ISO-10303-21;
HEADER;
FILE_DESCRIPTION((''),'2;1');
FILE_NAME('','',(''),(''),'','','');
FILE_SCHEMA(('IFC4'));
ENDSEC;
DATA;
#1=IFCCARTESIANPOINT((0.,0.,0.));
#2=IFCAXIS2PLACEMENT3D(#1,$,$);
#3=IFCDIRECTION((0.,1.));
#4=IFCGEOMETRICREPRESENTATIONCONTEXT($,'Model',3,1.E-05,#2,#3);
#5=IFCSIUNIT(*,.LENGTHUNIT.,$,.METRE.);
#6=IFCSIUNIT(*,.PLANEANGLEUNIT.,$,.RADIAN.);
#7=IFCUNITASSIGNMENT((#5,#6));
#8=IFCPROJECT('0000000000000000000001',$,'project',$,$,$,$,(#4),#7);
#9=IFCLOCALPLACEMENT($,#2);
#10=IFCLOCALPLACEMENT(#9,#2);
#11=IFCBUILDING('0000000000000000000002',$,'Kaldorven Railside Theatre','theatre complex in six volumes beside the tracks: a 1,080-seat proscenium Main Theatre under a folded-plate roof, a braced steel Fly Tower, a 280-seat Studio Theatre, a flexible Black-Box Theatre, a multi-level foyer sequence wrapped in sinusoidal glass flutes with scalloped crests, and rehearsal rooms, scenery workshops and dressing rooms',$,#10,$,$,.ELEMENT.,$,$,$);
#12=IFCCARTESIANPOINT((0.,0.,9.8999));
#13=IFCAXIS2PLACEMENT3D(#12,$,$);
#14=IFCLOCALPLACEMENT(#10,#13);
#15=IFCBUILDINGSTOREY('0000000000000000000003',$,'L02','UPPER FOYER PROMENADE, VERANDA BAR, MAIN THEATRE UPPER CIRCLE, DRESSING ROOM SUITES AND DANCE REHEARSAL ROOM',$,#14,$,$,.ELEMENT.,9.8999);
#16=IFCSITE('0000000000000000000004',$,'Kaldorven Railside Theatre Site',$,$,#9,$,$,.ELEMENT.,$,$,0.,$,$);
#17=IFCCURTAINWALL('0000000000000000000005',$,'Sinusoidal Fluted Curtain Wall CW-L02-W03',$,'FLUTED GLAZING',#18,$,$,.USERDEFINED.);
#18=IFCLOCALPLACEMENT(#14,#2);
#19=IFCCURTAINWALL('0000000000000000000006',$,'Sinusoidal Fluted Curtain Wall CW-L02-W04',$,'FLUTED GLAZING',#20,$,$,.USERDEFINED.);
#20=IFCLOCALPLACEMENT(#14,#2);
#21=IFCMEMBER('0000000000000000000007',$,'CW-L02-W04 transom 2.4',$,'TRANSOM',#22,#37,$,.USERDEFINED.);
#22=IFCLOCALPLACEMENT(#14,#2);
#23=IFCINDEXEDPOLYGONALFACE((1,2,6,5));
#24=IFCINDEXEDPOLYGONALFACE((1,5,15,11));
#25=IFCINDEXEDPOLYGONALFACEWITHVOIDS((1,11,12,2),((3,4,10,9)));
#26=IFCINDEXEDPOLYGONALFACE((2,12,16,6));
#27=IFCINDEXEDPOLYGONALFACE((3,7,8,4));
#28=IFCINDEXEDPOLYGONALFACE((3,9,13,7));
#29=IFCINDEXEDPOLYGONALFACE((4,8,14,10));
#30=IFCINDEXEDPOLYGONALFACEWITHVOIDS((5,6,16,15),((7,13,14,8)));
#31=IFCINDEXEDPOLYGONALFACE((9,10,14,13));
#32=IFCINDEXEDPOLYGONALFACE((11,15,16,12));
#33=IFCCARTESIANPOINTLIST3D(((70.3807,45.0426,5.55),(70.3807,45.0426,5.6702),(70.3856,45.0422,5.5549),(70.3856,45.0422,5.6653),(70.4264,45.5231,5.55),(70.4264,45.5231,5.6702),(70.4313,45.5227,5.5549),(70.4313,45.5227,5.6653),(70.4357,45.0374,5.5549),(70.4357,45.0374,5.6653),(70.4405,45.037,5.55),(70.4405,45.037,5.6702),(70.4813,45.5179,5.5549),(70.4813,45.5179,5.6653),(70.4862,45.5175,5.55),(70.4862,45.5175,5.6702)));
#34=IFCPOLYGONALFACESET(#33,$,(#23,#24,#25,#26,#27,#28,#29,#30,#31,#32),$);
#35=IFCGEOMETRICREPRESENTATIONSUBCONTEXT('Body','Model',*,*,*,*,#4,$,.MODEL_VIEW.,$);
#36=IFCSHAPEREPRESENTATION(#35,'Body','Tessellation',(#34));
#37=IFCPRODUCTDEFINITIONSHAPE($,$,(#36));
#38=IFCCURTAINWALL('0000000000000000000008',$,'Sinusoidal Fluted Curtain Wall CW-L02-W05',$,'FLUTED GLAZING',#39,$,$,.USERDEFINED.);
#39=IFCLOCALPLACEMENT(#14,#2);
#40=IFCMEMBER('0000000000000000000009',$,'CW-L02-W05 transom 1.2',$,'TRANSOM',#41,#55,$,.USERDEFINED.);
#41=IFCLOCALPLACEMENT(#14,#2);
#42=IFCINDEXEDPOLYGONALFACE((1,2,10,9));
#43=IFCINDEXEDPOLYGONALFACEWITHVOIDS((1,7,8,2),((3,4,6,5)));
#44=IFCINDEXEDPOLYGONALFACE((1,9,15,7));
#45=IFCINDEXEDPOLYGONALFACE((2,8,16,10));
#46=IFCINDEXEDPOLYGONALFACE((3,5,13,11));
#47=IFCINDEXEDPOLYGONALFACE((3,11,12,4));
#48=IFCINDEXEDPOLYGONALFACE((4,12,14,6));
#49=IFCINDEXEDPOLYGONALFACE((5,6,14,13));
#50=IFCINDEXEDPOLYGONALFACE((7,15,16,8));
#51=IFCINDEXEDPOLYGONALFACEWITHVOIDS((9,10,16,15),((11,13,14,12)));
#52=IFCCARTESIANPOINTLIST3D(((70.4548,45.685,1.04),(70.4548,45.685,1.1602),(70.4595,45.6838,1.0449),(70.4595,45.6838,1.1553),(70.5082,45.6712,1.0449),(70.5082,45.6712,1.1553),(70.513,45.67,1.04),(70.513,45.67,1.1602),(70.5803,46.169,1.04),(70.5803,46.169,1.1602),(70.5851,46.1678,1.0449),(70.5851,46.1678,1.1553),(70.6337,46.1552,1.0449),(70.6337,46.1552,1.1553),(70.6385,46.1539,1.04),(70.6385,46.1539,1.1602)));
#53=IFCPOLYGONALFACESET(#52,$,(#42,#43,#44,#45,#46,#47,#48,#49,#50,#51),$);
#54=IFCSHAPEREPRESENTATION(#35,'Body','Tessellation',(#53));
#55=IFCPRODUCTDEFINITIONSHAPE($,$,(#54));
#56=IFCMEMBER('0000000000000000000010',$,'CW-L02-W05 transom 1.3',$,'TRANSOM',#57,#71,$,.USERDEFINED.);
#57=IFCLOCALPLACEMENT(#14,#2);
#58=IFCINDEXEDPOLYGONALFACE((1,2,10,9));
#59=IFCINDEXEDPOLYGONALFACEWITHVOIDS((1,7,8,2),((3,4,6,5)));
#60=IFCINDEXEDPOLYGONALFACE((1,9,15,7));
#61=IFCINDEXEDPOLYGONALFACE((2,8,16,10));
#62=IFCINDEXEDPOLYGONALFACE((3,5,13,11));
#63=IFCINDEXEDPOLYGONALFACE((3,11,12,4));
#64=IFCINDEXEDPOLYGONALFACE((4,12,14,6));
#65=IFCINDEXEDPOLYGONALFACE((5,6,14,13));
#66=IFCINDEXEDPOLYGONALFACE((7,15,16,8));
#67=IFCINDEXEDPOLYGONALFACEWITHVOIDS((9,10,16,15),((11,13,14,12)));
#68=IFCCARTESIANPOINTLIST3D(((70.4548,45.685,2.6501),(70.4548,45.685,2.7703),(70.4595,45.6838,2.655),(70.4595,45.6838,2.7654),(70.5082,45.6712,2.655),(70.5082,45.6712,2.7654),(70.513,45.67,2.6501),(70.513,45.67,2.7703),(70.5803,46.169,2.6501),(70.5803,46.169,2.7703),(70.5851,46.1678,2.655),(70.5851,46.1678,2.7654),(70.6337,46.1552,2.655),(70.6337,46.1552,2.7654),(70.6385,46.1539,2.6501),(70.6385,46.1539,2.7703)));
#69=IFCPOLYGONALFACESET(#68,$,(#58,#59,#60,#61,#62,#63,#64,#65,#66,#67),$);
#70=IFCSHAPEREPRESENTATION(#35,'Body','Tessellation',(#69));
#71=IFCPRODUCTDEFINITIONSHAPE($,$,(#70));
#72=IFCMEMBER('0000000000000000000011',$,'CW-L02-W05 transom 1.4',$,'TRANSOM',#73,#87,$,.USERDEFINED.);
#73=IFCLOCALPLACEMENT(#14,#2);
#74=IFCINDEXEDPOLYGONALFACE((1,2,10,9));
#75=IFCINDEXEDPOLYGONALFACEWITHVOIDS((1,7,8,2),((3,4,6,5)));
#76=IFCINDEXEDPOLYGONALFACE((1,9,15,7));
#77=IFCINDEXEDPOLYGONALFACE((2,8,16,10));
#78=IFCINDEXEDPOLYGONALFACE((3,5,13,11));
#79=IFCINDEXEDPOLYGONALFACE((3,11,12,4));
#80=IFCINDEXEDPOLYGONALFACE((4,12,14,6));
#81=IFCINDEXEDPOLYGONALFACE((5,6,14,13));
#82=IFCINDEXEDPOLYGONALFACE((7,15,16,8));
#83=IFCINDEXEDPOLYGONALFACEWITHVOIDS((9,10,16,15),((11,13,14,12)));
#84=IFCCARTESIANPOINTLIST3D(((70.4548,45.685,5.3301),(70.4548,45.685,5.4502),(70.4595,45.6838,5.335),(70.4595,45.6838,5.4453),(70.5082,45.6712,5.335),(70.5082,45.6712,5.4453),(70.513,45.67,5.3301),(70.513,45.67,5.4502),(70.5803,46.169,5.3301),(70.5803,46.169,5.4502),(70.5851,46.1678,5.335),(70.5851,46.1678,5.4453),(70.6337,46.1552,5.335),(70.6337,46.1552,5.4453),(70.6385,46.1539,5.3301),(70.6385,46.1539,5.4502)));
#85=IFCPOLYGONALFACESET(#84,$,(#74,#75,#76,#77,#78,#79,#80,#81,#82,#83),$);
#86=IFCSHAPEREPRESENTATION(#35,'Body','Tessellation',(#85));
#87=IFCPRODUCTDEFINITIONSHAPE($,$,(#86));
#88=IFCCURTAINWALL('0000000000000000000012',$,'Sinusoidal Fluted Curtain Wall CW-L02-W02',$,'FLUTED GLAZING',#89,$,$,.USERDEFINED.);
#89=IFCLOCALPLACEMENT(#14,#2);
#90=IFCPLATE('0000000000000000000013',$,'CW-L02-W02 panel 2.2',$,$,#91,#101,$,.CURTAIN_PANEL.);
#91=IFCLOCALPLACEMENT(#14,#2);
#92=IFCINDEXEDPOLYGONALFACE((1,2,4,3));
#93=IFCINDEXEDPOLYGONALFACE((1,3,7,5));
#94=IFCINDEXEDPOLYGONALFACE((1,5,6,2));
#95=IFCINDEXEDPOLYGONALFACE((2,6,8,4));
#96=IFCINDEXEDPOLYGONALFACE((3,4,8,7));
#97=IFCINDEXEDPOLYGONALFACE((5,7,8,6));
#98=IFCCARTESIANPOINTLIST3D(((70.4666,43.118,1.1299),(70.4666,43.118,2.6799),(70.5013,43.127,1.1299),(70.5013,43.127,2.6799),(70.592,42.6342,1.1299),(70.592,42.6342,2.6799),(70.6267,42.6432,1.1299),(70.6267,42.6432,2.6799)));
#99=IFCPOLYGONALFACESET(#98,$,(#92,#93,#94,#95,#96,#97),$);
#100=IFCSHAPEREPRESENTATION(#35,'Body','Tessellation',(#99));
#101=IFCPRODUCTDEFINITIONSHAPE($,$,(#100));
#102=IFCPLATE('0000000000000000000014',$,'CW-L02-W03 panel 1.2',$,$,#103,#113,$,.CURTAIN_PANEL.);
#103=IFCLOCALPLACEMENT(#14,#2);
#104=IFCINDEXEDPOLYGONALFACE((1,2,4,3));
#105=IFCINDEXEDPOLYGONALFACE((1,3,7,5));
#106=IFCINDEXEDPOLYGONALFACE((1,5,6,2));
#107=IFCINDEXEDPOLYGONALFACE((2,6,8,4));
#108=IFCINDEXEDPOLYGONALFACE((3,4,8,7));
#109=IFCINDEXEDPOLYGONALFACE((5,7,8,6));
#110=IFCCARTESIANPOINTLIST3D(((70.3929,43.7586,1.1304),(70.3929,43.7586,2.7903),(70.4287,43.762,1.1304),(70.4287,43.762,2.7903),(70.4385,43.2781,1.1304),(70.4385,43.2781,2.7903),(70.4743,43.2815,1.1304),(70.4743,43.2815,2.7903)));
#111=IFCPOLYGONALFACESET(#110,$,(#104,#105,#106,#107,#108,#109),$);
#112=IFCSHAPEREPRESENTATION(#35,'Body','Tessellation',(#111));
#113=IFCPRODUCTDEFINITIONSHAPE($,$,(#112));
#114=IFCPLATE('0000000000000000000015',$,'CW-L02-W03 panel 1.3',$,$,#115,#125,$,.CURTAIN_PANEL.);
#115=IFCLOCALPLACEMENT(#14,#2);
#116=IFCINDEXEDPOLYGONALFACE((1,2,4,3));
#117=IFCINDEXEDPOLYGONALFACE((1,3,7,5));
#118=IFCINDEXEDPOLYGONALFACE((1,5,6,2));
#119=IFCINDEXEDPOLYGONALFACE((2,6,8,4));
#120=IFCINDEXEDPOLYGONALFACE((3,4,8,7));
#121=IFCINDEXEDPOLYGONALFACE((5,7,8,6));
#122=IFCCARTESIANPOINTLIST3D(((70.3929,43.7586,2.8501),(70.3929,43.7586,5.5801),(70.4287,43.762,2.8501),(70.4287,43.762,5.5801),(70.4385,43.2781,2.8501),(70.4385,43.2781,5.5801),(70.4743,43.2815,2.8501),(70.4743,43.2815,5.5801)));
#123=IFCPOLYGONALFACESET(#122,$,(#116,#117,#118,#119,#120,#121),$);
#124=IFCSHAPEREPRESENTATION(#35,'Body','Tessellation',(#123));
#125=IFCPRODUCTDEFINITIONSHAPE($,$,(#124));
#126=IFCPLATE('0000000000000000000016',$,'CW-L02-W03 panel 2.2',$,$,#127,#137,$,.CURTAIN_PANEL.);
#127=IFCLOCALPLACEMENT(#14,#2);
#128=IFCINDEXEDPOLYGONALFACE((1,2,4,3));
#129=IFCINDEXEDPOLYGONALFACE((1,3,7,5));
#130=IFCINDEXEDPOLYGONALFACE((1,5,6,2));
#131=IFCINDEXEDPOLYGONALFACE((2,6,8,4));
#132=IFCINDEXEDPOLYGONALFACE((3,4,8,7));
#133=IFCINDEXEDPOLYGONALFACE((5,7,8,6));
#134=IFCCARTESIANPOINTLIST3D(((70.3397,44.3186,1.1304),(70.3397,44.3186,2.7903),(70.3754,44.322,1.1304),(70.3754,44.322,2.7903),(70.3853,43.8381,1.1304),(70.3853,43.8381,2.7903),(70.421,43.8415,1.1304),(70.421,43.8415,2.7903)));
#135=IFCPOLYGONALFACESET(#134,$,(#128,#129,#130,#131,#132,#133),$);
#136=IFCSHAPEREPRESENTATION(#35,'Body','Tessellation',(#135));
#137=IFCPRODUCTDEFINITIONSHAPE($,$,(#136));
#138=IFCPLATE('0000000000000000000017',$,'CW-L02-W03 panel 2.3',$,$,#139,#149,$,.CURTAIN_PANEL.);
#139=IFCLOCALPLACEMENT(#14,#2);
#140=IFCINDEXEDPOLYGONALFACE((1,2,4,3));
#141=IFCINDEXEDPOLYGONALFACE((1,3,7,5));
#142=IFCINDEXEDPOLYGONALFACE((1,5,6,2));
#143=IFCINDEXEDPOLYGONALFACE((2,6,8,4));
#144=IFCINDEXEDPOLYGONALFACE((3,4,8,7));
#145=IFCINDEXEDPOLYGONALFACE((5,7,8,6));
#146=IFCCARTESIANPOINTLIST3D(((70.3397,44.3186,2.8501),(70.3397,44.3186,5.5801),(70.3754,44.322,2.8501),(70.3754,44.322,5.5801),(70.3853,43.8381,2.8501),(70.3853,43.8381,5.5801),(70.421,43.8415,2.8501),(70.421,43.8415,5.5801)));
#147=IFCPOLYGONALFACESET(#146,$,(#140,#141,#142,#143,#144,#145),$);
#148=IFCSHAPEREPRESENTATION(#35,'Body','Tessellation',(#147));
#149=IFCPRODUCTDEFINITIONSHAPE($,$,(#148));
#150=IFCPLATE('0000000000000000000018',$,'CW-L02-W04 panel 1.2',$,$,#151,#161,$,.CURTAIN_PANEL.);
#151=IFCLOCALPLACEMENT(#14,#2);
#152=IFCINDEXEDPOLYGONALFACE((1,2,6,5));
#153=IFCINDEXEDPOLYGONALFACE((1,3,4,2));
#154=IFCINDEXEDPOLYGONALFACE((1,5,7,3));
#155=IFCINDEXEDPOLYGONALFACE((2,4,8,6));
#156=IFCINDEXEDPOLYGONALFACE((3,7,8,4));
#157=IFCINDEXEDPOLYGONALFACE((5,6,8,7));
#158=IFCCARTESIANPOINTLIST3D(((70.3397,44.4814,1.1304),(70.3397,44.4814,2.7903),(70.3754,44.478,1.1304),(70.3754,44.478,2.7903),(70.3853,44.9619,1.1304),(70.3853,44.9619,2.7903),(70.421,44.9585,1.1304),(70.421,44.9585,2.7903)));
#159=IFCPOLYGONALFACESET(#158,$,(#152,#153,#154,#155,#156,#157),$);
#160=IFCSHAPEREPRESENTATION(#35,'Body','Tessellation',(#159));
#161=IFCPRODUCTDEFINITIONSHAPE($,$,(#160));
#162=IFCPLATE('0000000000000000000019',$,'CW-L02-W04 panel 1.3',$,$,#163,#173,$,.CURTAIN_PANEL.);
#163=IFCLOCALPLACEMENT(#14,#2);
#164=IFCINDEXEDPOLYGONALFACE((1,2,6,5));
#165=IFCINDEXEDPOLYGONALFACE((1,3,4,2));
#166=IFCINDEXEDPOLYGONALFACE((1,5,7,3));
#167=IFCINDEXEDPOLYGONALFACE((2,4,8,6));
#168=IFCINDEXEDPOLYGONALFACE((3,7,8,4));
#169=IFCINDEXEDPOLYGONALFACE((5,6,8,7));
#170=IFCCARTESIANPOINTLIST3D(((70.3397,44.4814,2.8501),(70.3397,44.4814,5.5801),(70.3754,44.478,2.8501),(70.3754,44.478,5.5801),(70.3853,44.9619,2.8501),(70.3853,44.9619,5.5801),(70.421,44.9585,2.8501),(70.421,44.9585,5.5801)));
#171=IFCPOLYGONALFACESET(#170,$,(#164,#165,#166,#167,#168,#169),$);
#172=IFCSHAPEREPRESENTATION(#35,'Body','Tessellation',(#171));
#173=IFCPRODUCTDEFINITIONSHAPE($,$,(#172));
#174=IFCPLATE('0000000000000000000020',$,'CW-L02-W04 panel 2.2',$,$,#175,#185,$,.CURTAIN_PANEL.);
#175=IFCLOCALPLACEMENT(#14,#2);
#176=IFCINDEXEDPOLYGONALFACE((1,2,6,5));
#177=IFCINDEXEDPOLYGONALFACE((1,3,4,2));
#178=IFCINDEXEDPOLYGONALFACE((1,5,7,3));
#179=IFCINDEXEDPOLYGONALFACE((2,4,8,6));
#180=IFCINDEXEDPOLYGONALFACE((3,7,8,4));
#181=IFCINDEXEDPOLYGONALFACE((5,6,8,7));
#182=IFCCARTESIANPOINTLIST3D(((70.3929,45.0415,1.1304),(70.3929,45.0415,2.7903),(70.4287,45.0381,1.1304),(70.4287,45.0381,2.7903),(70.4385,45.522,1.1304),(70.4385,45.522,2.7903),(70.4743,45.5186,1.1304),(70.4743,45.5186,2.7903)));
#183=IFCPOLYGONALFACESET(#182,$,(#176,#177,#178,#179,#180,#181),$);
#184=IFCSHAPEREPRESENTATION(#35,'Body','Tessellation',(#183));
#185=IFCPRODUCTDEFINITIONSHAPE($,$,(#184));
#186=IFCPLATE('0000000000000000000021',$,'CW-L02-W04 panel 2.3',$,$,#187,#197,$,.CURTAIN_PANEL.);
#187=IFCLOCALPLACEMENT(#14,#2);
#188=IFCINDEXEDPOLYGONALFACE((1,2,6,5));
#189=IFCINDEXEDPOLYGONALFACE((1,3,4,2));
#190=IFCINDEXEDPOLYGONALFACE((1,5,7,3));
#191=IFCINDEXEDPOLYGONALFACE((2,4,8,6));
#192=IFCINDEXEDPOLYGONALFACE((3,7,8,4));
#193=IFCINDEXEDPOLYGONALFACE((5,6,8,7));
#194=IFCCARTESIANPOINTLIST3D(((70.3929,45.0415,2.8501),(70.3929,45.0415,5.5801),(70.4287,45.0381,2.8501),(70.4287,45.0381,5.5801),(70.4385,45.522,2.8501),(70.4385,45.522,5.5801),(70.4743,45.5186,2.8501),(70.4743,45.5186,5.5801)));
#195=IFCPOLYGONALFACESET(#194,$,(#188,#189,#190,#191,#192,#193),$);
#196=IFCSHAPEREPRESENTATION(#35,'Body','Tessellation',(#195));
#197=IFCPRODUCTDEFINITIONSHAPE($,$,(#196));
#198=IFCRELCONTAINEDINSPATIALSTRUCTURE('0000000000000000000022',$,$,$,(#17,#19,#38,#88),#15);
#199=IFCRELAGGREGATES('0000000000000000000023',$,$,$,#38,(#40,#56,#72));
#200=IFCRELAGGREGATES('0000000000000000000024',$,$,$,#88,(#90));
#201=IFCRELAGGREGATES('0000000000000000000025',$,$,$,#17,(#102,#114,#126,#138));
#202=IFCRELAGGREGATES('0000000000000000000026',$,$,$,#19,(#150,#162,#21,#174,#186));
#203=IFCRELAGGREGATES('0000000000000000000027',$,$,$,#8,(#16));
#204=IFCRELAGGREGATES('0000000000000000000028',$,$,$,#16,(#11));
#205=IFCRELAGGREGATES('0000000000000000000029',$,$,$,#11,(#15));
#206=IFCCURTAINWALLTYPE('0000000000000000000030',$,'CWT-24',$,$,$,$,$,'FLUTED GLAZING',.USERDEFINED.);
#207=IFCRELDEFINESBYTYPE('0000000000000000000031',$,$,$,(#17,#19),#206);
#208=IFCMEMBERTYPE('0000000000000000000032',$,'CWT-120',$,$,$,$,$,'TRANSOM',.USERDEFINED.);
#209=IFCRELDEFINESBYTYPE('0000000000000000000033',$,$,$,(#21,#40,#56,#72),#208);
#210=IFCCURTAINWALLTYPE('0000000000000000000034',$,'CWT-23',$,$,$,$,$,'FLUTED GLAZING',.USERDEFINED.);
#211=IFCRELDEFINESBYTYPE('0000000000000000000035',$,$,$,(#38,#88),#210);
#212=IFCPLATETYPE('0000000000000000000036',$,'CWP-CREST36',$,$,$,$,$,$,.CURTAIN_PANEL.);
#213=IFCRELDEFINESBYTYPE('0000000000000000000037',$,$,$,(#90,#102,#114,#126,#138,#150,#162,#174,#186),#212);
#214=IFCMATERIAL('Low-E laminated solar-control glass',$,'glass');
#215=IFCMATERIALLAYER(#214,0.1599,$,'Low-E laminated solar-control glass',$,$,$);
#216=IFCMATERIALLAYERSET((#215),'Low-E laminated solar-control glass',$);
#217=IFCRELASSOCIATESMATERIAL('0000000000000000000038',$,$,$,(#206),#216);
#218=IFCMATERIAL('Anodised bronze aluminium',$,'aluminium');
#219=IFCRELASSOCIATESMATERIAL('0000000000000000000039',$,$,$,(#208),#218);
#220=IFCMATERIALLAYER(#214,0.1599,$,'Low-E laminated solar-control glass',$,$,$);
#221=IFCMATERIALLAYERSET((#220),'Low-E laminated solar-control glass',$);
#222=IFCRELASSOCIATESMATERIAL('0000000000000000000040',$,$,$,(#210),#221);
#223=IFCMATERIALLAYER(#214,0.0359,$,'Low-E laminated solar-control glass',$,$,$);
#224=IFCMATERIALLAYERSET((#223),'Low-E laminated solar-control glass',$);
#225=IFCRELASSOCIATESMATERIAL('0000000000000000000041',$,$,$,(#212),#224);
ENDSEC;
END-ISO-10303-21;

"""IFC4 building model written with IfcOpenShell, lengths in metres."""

from ifc_helpers import new_model, si_unit, direction, frame, origin, origin_2d, place, context, subcontext, project, spatial, rectangle, hollow_rectangle, extrude, material, layer, layer_set, material_profile, profile_set, type_object, element, aggregate, save


model = new_model("IFC4")

# Units and contexts
model_context = context("Model", 3, precision=1e-05, world=origin(), true_north=direction((0.0, 1.0)))
body_context = subcontext(model_context, "Body", "Model", "MODEL_VIEW")
ifc_project = project(units=[si_unit("LENGTHUNIT", "METRE"), si_unit("PLANEANGLEUNIT", "RADIAN")], contexts=[model_context])

# Site, building, storey
site_placement = place(None, origin())
site = spatial("IfcSite", under=ifc_project, at=site_placement, Name="Kaldorven Railside Theatre Site", CompositionType="ELEMENT", RefElevation=0.0)
building_placement = place(site_placement, origin())
building = spatial("IfcBuilding", under=site, at=building_placement, Name="Kaldorven Railside Theatre", Description="theatre complex in six volumes beside the tracks: a 1,080-seat proscenium Main Theatre under a folded-plate roof, a braced steel Fly Tower, a 280-seat Studio Theatre, a flexible Black-Box Theatre, a multi-level foyer sequence wrapped in sinusoidal glass flutes with scalloped crests, and rehearsal rooms, scenery workshops and dressing rooms", CompositionType="ELEMENT")
storey_placement = place(building_placement, frame((0.0, 0.0, 9.8999)))
storey = spatial("IfcBuildingStorey", under=building, at=storey_placement, Name="L02", Description="UPPER FOYER PROMENADE, VERANDA BAR, MAIN THEATRE UPPER CIRCLE, DRESSING ROOM SUITES AND DANCE REHEARSAL ROOM", CompositionType="ELEMENT", Elevation=9.8999)

# Curtain walls, members
ifc_material_1 = material(Name="Low-E laminated solar-control glass", Category="glass")
ifc_layer_1 = layer(ifc_material_1, 0.1599, Name="Low-E laminated solar-control glass")
ifc_layer_set_1 = layer_set([ifc_layer_1], Name="Low-E laminated solar-control glass")
curtain_wall_type_1 = type_object("IfcCurtainWallType", Name="CWT-24", ElementType="FLUTED GLAZING", PredefinedType="USERDEFINED", material=ifc_layer_set_1)
curtain_wall_1_placement = place(storey_placement, origin())
curtain_wall_1 = element("IfcCurtainWall", 1, at=curtain_wall_1_placement, inside=storey, type_object=curtain_wall_type_1, Name="Sinusoidal Fluted Curtain Wall CW-L02-W03", ObjectType="FLUTED GLAZING", PredefinedType="USERDEFINED")
ifc_material_2 = material(Name="Anodised bronze aluminium", Category="aluminium")
ifc_material_profile = material_profile(ifc_material_2, hollow_rectangle(XDim=0.0601, YDim=0.1201, WallThickness=0.0049, at=origin_2d()), Name="RHS 120x60x5")
ifc_profile_set = profile_set([ifc_material_profile], Name="Anodised bronze aluminium")
member_type = type_object("IfcMemberType", Name="CWT-120", ElementType="TRANSOM", PredefinedType="USERDEFINED", material=ifc_profile_set)
curtain_wall_2_placement = place(storey_placement, origin())
curtain_wall_2 = element("IfcCurtainWall", 2, at=curtain_wall_2_placement, inside=storey, type_object=curtain_wall_type_1, Name="Sinusoidal Fluted Curtain Wall CW-L02-W04", ObjectType="FLUTED GLAZING", PredefinedType="USERDEFINED")
member_1_placement = place(storey_placement, frame((70.4106, 45.0398, 5.6101), z_axis=(0.094594, 0.995516, 0.0), x_axis=(-0.995516, 0.094594, 0.0)))
member_1 = element("IfcMember", 3, at=member_1_placement, type_object=member_type, Name="CW-L02-W04 transom 2.4", ObjectType="TRANSOM", PredefinedType="USERDEFINED", context=body_context, shape_type="SweptSolid", body=[
    extrude(hollow_rectangle(XDim=0.0601, YDim=0.1201, WallThickness=0.0049, at=origin_2d()), origin(), (0.0, 0.0, 1.0), 0.4827),
])
ifc_layer_2 = layer(ifc_material_1, 0.1599, Name="Low-E laminated solar-control glass")
ifc_layer_set_2 = layer_set([ifc_layer_2], Name="Low-E laminated solar-control glass")
curtain_wall_type_2 = type_object("IfcCurtainWallType", Name="CWT-23", ElementType="FLUTED GLAZING", PredefinedType="USERDEFINED", material=ifc_layer_set_2)
curtain_wall_3_placement = place(storey_placement, origin())
curtain_wall_3 = element("IfcCurtainWall", 4, at=curtain_wall_3_placement, inside=storey, type_object=curtain_wall_type_2, Name="Sinusoidal Fluted Curtain Wall CW-L02-W05", ObjectType="FLUTED GLAZING", PredefinedType="USERDEFINED")
member_2_placement = place(storey_placement, frame((70.4839, 45.6775, 1.1001), z_axis=(0.25103, 0.967979, 0.0), x_axis=(-0.967979, 0.25103, 0.0)))
member_2 = element("IfcMember", 5, at=member_2_placement, type_object=member_type, Name="CW-L02-W05 transom 1.2", ObjectType="TRANSOM", PredefinedType="USERDEFINED", context=body_context, shape_type="SweptSolid", body=[
    extrude(hollow_rectangle(XDim=0.0601, YDim=0.1201, WallThickness=0.0049, at=origin_2d()), origin(), (0.0, 0.0, 1.0), 0.5),
])
member_3_placement = place(storey_placement, frame((70.4839, 45.6775, 2.7102), z_axis=(0.25103, 0.967979, 0.0), x_axis=(-0.967979, 0.25103, 0.0)))
member_3 = element("IfcMember", 6, at=member_3_placement, type_object=member_type, Name="CW-L02-W05 transom 1.3", ObjectType="TRANSOM", PredefinedType="USERDEFINED", context=body_context, shape_type="SweptSolid", body=[
    extrude(hollow_rectangle(XDim=0.0601, YDim=0.1201, WallThickness=0.0049, at=origin_2d()), origin(), (0.0, 0.0, 1.0), 0.5),
])
member_4_placement = place(storey_placement, frame((70.4839, 45.6775, 5.3901), z_axis=(0.25103, 0.967979, 0.0), x_axis=(-0.967979, 0.25103, 0.0)))
member_4 = element("IfcMember", 7, at=member_4_placement, type_object=member_type, Name="CW-L02-W05 transom 1.4", ObjectType="TRANSOM", PredefinedType="USERDEFINED", context=body_context, shape_type="SweptSolid", body=[
    extrude(hollow_rectangle(XDim=0.0601, YDim=0.1201, WallThickness=0.0049, at=origin_2d()), origin(), (0.0, 0.0, 1.0), 0.5),
])
aggregate(curtain_wall_3, [member_2, member_3, member_4])

# Curtain wall, plate
curtain_wall_4_placement = place(storey_placement, origin())
curtain_wall_4 = element("IfcCurtainWall", 8, at=curtain_wall_4_placement, inside=storey, type_object=curtain_wall_type_2, Name="Sinusoidal Fluted Curtain Wall CW-L02-W02", ObjectType="FLUTED GLAZING", PredefinedType="USERDEFINED")
ifc_layer_3 = layer(ifc_material_1, 0.0359, Name="Low-E laminated solar-control glass")
ifc_layer_set_3 = layer_set([ifc_layer_3], Name="Low-E laminated solar-control glass")
plate_type = type_object("IfcPlateType", Name="CWP-CREST36", PredefinedType="CURTAIN_PANEL", material=ifc_layer_set_3)
plate_1_placement = place(storey_placement, frame((70.5466, 42.8806, 1.1299), z_axis=(0.0, 0.0, 1.0), x_axis=(-0.250954, 0.967999, 0.0)))
plate_1 = element("IfcPlate", 9, at=plate_1_placement, type_object=plate_type, Name="CW-L02-W02 panel 2.2", PredefinedType="CURTAIN_PANEL", context=body_context, shape_type="SweptSolid", body=[
    extrude(rectangle(XDim=0.4998, YDim=0.0359, at=origin_2d()), origin(), (0.0, 0.0, 1.0), 1.55),
])
aggregate(curtain_wall_4, [plate_1])

# Plates
plate_2_placement = place(storey_placement, frame((70.4336, 43.52, 1.1304), z_axis=(0.0, 0.0, 1.0), x_axis=(-0.094492, 0.995526, 0.0)))
plate_2 = element("IfcPlate", 10, at=plate_2_placement, type_object=plate_type, Name="CW-L02-W03 panel 1.2", PredefinedType="CURTAIN_PANEL", context=body_context, shape_type="SweptSolid", body=[
    extrude(rectangle(XDim=0.4827, YDim=0.0359, at=origin_2d()), origin(), (0.0, 0.0, 1.0), 1.6599),
])
plate_3_placement = place(storey_placement, frame((70.4336, 43.52, 2.8501), z_axis=(0.0, 0.0, 1.0), x_axis=(-0.094492, 0.995526, 0.0)))
plate_3 = element("IfcPlate", 11, at=plate_3_placement, type_object=plate_type, Name="CW-L02-W03 panel 1.3", PredefinedType="CURTAIN_PANEL", context=body_context, shape_type="SweptSolid", body=[
    extrude(rectangle(XDim=0.4827, YDim=0.0359, at=origin_2d()), origin(), (0.0, 0.0, 1.0), 2.73),
])
plate_4_placement = place(storey_placement, frame((70.3804, 44.0801, 1.1304), z_axis=(0.0, 0.0, 1.0), x_axis=(-0.094492, 0.995526, 0.0)))
plate_4 = element("IfcPlate", 12, at=plate_4_placement, type_object=plate_type, Name="CW-L02-W03 panel 2.2", PredefinedType="CURTAIN_PANEL", context=body_context, shape_type="SweptSolid", body=[
    extrude(rectangle(XDim=0.4827, YDim=0.0359, at=origin_2d()), origin(), (0.0, 0.0, 1.0), 1.6599),
])
plate_5_placement = place(storey_placement, frame((70.3804, 44.0801, 2.8501), z_axis=(0.0, 0.0, 1.0), x_axis=(-0.094492, 0.995526, 0.0)))
plate_5 = element("IfcPlate", 13, at=plate_5_placement, type_object=plate_type, Name="CW-L02-W03 panel 2.3", PredefinedType="CURTAIN_PANEL", context=body_context, shape_type="SweptSolid", body=[
    extrude(rectangle(XDim=0.4827, YDim=0.0359, at=origin_2d()), origin(), (0.0, 0.0, 1.0), 2.73),
])
aggregate(curtain_wall_1, [plate_2, plate_3, plate_4, plate_5])
plate_6_placement = place(storey_placement, frame((70.3804, 44.72, 1.1304), z_axis=(0.0, 0.0, 1.0), x_axis=(0.094492, 0.995526, 0.0)))
plate_6 = element("IfcPlate", 14, at=plate_6_placement, type_object=plate_type, Name="CW-L02-W04 panel 1.2", PredefinedType="CURTAIN_PANEL", context=body_context, shape_type="SweptSolid", body=[
    extrude(rectangle(XDim=0.4827, YDim=0.0359, at=origin_2d()), origin(), (0.0, 0.0, 1.0), 1.6599),
])
plate_7_placement = place(storey_placement, frame((70.3804, 44.72, 2.8501), z_axis=(0.0, 0.0, 1.0), x_axis=(0.094492, 0.995526, 0.0)))
plate_7 = element("IfcPlate", 15, at=plate_7_placement, type_object=plate_type, Name="CW-L02-W04 panel 1.3", PredefinedType="CURTAIN_PANEL", context=body_context, shape_type="SweptSolid", body=[
    extrude(rectangle(XDim=0.4827, YDim=0.0359, at=origin_2d()), origin(), (0.0, 0.0, 1.0), 2.73),
])
plate_8_placement = place(storey_placement, frame((70.4336, 45.28, 1.1304), z_axis=(0.0, 0.0, 1.0), x_axis=(0.094492, 0.995526, 0.0)))
plate_8 = element("IfcPlate", 16, at=plate_8_placement, type_object=plate_type, Name="CW-L02-W04 panel 2.2", PredefinedType="CURTAIN_PANEL", context=body_context, shape_type="SweptSolid", body=[
    extrude(rectangle(XDim=0.4827, YDim=0.0359, at=origin_2d()), origin(), (0.0, 0.0, 1.0), 1.6599),
])
plate_9_placement = place(storey_placement, frame((70.4336, 45.28, 2.8501), z_axis=(0.0, 0.0, 1.0), x_axis=(0.094492, 0.995526, 0.0)))
plate_9 = element("IfcPlate", 17, at=plate_9_placement, type_object=plate_type, Name="CW-L02-W04 panel 2.3", PredefinedType="CURTAIN_PANEL", context=body_context, shape_type="SweptSolid", body=[
    extrude(rectangle(XDim=0.4827, YDim=0.0359, at=origin_2d()), origin(), (0.0, 0.0, 1.0), 2.73),
])
aggregate(curtain_wall_2, [plate_6, plate_7, member_1, plate_8, plate_9])

save(model, "model.ifc")
